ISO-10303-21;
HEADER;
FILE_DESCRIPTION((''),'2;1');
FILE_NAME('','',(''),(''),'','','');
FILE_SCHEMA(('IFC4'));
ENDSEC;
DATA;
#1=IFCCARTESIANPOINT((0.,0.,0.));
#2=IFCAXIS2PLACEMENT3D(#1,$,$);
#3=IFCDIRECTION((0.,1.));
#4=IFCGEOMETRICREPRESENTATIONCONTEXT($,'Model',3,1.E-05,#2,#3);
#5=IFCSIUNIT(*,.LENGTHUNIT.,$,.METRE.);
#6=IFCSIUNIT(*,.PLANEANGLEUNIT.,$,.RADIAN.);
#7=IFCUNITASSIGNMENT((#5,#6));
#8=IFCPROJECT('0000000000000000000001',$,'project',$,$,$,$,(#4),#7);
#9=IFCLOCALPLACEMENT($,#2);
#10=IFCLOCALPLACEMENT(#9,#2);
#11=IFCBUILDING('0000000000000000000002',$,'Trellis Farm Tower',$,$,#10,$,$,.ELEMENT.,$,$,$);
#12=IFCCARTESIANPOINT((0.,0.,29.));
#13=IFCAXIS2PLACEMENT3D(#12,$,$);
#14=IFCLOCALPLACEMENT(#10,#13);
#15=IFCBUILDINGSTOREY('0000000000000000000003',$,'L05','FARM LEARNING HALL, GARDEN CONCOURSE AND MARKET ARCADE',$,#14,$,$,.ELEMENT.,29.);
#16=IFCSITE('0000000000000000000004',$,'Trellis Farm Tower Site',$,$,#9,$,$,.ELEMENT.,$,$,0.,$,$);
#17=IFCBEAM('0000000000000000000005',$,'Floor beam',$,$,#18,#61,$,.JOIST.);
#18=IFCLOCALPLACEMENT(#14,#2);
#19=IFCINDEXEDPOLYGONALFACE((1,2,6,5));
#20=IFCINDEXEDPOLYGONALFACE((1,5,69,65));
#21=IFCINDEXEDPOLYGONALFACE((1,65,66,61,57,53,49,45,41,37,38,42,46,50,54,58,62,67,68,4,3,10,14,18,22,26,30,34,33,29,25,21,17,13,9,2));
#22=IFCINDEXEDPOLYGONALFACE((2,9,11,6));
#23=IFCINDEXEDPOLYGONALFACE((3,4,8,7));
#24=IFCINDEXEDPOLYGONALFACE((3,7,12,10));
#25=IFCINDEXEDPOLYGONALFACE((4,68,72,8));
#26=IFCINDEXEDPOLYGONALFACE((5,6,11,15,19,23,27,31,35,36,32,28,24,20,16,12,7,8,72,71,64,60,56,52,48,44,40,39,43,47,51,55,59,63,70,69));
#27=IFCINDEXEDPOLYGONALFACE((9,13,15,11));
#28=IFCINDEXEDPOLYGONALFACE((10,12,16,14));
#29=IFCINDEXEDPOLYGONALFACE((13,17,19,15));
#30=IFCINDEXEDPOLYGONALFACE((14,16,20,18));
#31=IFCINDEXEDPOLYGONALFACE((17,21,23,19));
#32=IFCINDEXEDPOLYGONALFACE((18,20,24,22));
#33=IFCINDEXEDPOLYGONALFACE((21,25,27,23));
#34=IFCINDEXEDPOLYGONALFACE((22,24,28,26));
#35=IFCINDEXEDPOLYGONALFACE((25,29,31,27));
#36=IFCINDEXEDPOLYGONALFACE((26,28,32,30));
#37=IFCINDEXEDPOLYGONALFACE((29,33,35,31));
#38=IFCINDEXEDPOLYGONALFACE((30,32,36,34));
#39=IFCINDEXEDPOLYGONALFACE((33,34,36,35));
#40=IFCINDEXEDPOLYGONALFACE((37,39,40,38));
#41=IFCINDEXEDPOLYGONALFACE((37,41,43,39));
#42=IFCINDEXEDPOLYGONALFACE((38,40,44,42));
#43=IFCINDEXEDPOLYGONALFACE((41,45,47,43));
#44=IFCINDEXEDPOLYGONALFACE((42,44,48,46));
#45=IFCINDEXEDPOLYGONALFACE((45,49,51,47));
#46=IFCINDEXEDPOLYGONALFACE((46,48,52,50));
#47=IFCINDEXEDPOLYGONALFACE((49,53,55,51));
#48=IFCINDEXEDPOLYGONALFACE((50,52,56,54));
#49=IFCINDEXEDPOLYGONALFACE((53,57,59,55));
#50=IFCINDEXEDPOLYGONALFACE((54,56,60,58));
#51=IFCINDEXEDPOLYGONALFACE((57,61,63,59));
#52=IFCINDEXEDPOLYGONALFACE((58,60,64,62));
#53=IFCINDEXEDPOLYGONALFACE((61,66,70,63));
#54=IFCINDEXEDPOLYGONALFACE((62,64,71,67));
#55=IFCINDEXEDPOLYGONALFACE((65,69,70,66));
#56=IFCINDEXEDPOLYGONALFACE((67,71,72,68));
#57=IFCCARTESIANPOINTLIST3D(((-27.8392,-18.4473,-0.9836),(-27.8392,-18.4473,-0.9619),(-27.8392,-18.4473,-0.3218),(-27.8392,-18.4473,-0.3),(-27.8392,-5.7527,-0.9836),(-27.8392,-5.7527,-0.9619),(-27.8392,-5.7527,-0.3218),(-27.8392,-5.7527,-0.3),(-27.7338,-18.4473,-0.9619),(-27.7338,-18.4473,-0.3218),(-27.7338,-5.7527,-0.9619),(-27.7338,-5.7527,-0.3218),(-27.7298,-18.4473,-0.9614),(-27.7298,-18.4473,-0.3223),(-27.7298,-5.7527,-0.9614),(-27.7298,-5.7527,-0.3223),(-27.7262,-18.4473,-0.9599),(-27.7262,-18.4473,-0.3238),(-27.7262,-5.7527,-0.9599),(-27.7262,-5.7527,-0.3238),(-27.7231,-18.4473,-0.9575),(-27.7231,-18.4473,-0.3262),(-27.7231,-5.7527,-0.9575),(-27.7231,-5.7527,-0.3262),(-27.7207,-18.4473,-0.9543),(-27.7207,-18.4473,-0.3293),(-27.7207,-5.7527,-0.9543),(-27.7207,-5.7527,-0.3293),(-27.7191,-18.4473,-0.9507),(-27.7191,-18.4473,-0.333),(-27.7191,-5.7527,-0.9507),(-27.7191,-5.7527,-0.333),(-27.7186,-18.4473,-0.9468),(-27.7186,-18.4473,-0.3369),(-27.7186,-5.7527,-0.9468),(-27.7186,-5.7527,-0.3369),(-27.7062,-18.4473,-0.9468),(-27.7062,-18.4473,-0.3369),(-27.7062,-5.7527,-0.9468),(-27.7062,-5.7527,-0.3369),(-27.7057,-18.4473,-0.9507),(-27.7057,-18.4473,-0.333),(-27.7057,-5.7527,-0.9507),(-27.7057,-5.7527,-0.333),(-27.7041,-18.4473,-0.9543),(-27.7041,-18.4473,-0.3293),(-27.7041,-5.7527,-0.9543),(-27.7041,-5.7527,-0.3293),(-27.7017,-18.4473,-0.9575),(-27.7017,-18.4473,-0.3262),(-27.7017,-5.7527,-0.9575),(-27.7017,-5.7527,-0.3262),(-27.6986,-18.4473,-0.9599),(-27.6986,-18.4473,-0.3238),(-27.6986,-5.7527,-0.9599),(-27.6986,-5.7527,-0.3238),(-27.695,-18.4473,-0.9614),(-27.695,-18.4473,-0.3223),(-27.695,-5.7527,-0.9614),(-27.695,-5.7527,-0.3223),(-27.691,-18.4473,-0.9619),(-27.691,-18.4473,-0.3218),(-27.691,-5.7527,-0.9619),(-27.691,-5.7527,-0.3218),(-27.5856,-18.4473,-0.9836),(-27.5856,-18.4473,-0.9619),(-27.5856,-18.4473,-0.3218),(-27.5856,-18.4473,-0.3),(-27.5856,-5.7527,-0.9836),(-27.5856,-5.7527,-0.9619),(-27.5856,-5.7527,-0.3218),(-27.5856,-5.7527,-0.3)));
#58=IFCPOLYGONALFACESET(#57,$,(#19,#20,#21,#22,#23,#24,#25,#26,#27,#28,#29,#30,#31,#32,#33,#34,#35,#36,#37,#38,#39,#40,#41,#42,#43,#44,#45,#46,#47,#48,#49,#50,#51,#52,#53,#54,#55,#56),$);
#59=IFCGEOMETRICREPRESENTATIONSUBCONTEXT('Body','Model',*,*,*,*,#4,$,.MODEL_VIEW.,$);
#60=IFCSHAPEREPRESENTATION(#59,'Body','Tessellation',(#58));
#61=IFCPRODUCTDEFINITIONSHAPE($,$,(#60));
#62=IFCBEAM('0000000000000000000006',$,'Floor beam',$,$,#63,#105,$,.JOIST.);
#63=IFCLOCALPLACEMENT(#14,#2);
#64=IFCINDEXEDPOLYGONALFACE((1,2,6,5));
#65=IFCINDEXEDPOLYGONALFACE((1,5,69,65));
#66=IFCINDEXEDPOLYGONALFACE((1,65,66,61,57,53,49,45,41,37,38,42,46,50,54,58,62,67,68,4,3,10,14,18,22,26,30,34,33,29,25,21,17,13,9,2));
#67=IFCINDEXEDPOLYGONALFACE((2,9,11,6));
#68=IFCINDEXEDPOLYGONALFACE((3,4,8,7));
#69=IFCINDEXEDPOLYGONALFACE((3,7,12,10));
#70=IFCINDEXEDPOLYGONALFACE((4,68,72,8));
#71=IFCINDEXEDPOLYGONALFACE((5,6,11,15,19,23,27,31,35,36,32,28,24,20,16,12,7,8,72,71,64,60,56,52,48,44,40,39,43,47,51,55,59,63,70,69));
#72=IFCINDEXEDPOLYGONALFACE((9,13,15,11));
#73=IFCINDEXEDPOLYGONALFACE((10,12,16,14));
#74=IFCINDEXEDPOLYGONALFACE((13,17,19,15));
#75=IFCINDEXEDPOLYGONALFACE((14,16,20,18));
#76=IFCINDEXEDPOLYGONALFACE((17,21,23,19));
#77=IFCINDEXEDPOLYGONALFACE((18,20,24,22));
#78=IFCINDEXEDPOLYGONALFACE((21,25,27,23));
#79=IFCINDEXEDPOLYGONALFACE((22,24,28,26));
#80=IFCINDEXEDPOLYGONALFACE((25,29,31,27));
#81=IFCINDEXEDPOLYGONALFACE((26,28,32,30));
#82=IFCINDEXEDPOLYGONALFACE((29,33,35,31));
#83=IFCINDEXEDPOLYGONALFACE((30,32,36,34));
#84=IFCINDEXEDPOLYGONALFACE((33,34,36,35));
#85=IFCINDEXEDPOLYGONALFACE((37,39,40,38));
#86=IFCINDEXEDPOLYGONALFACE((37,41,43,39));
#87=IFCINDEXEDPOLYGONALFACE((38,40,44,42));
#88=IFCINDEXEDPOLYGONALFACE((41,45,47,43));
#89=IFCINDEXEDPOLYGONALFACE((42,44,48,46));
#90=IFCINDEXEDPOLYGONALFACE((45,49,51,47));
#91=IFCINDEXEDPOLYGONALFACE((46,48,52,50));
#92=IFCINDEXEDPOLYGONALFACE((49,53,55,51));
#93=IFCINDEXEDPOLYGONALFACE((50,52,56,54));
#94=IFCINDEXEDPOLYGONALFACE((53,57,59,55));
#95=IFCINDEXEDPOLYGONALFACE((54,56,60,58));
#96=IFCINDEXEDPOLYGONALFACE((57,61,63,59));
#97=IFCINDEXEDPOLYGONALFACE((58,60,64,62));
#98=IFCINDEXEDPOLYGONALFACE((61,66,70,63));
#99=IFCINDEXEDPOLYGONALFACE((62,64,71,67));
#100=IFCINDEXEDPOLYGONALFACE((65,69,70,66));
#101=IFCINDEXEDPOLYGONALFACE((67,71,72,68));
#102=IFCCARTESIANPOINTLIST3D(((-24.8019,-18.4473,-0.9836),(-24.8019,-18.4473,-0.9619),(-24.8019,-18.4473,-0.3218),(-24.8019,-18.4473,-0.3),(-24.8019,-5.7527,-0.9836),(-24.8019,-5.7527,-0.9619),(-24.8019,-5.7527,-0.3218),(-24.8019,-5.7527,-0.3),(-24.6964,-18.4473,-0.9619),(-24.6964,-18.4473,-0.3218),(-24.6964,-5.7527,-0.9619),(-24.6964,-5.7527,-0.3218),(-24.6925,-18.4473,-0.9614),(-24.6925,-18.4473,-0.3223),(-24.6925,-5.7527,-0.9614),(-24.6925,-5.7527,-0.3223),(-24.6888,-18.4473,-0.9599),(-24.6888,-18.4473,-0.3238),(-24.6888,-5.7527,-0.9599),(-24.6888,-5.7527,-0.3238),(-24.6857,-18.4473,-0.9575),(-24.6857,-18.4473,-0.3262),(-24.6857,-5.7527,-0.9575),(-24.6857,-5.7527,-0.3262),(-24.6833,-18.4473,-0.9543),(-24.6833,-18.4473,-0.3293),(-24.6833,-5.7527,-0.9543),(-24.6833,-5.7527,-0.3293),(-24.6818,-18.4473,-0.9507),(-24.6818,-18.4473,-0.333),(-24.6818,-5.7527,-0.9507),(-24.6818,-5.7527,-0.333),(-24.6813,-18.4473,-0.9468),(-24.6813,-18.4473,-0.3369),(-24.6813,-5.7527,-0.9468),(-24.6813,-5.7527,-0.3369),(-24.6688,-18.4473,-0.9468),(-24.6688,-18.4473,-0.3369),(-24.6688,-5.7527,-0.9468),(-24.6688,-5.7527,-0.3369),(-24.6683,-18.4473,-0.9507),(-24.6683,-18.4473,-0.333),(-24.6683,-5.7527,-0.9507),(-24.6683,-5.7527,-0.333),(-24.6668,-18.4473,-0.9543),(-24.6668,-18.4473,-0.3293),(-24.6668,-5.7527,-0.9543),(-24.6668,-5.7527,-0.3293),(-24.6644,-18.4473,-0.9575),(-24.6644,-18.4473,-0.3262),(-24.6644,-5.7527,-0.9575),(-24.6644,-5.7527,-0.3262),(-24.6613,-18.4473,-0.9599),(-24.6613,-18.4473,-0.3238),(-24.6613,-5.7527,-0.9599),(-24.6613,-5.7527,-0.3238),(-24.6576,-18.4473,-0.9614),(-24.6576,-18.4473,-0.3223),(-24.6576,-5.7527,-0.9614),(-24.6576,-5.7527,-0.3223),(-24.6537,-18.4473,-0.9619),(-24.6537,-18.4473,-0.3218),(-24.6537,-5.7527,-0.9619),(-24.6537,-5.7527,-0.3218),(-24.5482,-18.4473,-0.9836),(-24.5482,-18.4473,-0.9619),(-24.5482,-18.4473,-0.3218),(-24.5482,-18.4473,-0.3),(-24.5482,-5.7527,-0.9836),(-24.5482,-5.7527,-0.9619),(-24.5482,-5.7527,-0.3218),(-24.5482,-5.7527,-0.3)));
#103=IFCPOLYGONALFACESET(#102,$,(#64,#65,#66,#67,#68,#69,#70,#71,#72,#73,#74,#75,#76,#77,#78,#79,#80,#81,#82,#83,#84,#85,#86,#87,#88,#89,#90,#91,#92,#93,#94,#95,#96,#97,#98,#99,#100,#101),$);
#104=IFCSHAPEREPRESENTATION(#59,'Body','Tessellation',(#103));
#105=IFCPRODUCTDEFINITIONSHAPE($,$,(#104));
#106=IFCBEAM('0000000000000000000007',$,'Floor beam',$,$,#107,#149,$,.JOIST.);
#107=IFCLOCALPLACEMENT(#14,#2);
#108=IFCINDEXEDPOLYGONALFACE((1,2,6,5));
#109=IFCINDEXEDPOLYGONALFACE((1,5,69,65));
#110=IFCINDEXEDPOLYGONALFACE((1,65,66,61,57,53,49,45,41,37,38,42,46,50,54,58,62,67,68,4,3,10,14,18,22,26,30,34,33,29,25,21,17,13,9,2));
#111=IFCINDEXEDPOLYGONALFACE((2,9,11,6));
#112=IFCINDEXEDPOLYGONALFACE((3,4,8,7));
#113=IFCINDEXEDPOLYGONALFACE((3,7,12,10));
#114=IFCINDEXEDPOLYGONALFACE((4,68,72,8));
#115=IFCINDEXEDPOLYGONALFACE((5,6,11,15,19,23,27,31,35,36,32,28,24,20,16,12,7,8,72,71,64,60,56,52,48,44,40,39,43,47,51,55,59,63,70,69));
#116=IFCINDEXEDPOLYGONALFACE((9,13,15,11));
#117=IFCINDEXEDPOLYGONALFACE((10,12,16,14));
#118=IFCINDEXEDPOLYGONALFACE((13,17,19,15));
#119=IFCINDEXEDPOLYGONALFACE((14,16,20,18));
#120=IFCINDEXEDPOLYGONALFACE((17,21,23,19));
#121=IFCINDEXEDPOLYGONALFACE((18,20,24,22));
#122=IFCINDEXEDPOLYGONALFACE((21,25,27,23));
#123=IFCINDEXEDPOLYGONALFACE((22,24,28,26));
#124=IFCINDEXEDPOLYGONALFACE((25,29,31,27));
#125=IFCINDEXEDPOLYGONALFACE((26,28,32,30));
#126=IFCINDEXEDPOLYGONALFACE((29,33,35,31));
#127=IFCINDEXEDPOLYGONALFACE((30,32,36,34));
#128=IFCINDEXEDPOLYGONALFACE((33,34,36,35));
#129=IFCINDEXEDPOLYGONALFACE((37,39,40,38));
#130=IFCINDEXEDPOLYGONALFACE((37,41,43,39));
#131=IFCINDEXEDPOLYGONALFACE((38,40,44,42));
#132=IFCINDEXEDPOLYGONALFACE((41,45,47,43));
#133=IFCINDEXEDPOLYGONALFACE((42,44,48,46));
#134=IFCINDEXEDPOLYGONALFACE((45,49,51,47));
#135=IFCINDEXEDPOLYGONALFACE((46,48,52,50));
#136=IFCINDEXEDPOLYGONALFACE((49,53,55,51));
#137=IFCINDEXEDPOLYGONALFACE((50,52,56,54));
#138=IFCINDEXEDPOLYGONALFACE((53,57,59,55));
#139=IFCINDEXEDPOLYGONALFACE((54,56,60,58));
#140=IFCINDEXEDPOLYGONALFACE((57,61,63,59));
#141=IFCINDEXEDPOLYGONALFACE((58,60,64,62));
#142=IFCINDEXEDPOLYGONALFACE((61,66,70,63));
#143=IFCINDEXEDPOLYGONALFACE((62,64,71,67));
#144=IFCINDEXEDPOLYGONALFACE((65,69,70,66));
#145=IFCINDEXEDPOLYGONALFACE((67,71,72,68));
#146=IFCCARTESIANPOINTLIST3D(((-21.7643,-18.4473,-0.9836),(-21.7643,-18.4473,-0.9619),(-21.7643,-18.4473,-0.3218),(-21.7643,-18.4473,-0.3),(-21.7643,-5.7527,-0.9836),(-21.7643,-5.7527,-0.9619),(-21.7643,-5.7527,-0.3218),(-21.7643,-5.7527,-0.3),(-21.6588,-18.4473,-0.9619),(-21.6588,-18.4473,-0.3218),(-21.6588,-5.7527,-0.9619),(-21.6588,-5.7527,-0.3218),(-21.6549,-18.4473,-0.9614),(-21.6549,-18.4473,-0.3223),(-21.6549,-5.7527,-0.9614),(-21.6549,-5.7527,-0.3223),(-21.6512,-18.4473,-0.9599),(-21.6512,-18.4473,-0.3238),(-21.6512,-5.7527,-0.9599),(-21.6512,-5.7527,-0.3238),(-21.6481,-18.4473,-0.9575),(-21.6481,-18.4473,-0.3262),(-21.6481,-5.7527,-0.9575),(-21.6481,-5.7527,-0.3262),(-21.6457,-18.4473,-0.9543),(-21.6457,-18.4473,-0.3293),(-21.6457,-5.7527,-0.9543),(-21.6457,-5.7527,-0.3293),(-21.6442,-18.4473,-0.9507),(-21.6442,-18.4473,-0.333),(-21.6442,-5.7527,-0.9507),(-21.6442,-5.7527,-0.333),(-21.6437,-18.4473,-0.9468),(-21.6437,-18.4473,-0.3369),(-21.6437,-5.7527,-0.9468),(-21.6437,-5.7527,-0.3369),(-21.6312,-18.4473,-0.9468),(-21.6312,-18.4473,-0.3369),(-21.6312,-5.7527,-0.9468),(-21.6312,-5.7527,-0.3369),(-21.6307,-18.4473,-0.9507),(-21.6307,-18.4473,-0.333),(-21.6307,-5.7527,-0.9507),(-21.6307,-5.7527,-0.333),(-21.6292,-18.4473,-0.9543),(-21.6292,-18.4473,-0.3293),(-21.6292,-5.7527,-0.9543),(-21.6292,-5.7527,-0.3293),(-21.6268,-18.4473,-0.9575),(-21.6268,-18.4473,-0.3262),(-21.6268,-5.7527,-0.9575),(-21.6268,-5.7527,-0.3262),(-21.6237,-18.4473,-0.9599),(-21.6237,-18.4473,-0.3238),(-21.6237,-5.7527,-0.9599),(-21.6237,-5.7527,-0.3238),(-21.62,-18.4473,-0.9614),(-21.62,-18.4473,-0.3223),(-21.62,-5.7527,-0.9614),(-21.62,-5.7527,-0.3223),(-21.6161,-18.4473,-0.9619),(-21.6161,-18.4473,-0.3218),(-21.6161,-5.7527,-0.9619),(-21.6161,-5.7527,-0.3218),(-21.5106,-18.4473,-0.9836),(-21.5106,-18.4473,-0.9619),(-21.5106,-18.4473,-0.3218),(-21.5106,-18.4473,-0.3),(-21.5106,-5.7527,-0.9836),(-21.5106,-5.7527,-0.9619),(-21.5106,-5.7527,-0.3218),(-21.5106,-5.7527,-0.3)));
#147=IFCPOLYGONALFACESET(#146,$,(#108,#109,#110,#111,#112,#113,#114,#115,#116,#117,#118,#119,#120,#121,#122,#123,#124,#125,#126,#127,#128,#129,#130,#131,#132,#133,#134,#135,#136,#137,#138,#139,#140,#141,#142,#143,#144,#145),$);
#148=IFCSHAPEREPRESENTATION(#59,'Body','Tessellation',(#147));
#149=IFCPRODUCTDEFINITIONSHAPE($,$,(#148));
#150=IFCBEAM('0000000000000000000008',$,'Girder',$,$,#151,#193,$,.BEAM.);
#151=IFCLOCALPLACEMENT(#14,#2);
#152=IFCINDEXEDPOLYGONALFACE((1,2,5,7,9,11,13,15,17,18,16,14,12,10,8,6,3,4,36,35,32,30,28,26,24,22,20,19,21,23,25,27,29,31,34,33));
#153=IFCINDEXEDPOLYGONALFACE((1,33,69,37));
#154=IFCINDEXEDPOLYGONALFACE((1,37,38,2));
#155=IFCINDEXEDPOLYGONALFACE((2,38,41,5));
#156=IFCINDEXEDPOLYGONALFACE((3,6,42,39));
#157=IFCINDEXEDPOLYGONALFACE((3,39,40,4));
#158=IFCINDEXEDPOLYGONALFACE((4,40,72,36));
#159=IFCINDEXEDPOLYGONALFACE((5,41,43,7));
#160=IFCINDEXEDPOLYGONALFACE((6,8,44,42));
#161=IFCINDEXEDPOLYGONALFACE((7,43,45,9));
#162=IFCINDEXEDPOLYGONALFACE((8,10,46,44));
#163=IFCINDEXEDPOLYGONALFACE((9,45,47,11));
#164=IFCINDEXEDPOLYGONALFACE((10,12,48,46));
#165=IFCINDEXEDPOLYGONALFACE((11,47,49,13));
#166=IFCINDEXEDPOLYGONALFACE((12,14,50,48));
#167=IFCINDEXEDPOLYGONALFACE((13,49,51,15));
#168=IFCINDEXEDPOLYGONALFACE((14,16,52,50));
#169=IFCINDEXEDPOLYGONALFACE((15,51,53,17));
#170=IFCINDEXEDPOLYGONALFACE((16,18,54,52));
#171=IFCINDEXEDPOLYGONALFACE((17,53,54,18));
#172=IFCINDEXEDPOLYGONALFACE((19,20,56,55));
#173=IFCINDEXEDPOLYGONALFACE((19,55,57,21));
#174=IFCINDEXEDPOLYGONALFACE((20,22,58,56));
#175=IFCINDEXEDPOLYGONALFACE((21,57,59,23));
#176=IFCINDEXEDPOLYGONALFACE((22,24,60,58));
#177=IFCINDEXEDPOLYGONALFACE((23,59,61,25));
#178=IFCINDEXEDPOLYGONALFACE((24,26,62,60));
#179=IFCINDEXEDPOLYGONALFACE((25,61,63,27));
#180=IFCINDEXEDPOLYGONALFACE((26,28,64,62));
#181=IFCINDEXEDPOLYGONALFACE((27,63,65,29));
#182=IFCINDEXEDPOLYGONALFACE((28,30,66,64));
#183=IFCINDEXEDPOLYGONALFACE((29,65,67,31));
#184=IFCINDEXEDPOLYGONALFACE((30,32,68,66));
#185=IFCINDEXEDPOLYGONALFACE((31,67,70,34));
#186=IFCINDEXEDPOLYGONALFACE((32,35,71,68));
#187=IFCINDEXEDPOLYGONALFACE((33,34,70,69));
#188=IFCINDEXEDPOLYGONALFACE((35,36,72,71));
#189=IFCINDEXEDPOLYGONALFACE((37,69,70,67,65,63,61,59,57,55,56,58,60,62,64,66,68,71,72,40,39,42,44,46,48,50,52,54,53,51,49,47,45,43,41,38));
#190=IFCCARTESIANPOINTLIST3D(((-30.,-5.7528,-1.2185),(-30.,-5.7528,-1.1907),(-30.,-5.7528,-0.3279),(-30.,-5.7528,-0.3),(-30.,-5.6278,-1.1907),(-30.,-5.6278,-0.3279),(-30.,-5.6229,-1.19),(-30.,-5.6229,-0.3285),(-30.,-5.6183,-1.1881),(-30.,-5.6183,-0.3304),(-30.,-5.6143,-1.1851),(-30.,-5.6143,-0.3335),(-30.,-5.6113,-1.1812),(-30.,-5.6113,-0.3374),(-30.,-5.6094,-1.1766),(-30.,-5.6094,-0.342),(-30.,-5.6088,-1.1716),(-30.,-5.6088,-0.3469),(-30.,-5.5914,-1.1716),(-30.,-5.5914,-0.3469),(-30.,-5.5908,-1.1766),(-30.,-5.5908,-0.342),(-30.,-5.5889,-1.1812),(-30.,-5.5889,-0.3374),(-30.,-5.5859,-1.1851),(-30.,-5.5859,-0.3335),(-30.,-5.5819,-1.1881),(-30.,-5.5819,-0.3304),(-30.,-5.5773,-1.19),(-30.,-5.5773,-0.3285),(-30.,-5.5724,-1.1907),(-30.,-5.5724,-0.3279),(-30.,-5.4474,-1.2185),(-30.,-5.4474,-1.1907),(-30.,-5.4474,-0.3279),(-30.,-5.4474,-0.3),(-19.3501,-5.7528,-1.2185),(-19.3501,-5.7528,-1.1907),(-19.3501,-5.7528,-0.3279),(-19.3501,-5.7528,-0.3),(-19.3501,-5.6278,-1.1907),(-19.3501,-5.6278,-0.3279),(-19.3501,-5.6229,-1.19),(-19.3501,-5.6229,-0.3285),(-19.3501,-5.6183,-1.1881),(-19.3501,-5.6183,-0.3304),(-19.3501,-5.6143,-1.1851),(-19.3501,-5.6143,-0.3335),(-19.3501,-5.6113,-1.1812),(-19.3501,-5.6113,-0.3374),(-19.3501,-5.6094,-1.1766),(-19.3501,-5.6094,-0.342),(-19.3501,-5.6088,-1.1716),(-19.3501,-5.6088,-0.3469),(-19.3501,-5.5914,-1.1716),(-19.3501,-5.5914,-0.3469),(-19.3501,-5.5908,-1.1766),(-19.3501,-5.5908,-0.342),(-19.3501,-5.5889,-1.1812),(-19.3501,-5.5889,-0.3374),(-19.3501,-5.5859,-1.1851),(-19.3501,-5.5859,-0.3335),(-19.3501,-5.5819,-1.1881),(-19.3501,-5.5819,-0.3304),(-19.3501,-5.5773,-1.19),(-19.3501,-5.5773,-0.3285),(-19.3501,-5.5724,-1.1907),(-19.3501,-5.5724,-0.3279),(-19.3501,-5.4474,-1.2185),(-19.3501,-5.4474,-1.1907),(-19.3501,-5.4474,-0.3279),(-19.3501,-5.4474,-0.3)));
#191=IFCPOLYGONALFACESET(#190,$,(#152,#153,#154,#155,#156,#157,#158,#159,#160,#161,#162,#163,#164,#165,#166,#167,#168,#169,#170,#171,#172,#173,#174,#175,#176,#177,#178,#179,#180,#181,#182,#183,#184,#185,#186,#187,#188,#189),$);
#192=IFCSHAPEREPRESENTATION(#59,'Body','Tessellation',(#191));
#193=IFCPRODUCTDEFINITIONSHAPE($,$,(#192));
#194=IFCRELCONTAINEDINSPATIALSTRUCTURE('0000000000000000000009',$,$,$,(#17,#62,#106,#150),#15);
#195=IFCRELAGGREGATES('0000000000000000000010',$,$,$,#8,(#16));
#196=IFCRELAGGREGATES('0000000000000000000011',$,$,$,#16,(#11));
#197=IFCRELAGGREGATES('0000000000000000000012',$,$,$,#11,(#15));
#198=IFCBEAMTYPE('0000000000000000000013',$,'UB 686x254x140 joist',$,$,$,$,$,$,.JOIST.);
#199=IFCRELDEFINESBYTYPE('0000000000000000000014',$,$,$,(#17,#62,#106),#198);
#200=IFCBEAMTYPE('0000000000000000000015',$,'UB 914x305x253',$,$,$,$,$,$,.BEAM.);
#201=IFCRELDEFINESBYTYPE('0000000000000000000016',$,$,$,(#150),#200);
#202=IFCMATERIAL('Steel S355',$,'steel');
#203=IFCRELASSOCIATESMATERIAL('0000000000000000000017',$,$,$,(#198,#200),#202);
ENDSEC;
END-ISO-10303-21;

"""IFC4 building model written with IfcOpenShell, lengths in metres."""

from ifc_helpers import new_model, si_unit, direction, frame, origin, origin_2d, place, context, subcontext, project, spatial, i_section, extrude, source, transform, mapped, material, material_profile, profile_set, type_object, element, save


model = new_model("IFC4")

# Units and contexts
model_context = context("Model", 3, precision=1e-05, world=origin(), true_north=direction((0.0, 1.0)))
body_context = subcontext(model_context, "Body", "Model", "MODEL_VIEW")
ifc_project = project(units=[si_unit("LENGTHUNIT", "METRE"), si_unit("PLANEANGLEUNIT", "RADIAN")], contexts=[model_context])

# Site, building, storey
site_placement = place(None, origin())
site = spatial("IfcSite", under=ifc_project, at=site_placement, Name="Trellis Farm Tower Site", CompositionType="ELEMENT", RefElevation=0.0)
building_placement = place(site_placement, origin())
building = spatial("IfcBuilding", under=site, at=building_placement, Name="Trellis Farm Tower", CompositionType="ELEMENT")
storey_placement = place(building_placement, frame((0.0, 0.0, 29.0)))
storey = spatial("IfcBuildingStorey", under=building, at=storey_placement, Name="L05", Description="FARM LEARNING HALL, GARDEN CONCOURSE AND MARKET ARCADE", CompositionType="ELEMENT", Elevation=29.0)

# Beams
ifc_material_1 = material(Name="Steel S355", Category="steel")
ifc_material_profile_1 = material_profile(ifc_material_1, i_section(OverallWidth=0.2537, OverallDepth=0.6836, WebThickness=0.0125, FlangeThickness=0.0217, FilletRadius=0.0151, at=origin_2d()), Name="UB 686x254x140")
ifc_profile_set_1 = profile_set([ifc_material_profile_1], Name="Steel S355")
beam_type_1 = type_object("IfcBeamType", Name="UB 686x254x140 joist", PredefinedType="JOIST", material=ifc_profile_set_1)
shared_shape_1 = source(origin(), body_context, "Body", "SweptSolid", [
    extrude(i_section(OverallWidth=0.2537, OverallDepth=0.6836, WebThickness=0.0125, FlangeThickness=0.0217, FilletRadius=0.0151, at=origin_2d()), origin(), (0.0, 0.0, 1.0), 12.6946),
])
for number, where, z_axis, x_axis, name in (
    (1, (-27.7124, -18.4473, -0.6418), (0.0, 1.0, 0.0), (-1.0, 0.0, 0.0), "Floor beam"),
    (2, (-24.675, -18.4473, -0.6418), (0.0, 1.0, 0.0), (-1.0, 0.0, 0.0), "Floor beam"),
    (3, (-21.6375, -18.4473, -0.6418), (0.0, 1.0, 0.0), (-1.0, 0.0, 0.0), "Floor beam"),
):
    element("IfcBeam", number, at=place(storey_placement, frame(where, z_axis=z_axis, x_axis=x_axis)), inside=storey, type_object=beam_type_1, Name=name, PredefinedType="JOIST", context=body_context, shape_type="MappedRepresentation", body=[
        mapped(shared_shape_1, transform((0.0, 0.0, 0.0))),
    ])
ifc_material_profile_2 = material_profile(ifc_material_1, i_section(OverallWidth=0.3054, OverallDepth=0.9185, WebThickness=0.0173, FlangeThickness=0.0278, FilletRadius=0.019, at=origin_2d()), Name="UB 914x305x253")
ifc_profile_set_2 = profile_set([ifc_material_profile_2], Name="Steel S355")
beam_type_2 = type_object("IfcBeamType", Name="UB 914x305x253", PredefinedType="BEAM", material=ifc_profile_set_2)
shared_shape_2 = source(origin(), body_context, "Body", "SweptSolid", [
    extrude(i_section(OverallWidth=0.3054, OverallDepth=0.9185, WebThickness=0.0173, FlangeThickness=0.0278, FilletRadius=0.019, at=origin_2d()), origin(), (0.0, 0.0, 1.0), 10.6499),
])
beam_placement = place(storey_placement, frame((-30.0, -5.6001, -0.7593), z_axis=(1.0, 0.0, 0.0), x_axis=(0.0, 1.0, 0.0)))
element("IfcBeam", 4, at=beam_placement, inside=storey, type_object=beam_type_2, Name="Girder", PredefinedType="BEAM", context=body_context, shape_type="MappedRepresentation", body=[
    mapped(shared_shape_2, transform((0.0, 0.0, 0.0))),
])

save(model, "model.ifc")
